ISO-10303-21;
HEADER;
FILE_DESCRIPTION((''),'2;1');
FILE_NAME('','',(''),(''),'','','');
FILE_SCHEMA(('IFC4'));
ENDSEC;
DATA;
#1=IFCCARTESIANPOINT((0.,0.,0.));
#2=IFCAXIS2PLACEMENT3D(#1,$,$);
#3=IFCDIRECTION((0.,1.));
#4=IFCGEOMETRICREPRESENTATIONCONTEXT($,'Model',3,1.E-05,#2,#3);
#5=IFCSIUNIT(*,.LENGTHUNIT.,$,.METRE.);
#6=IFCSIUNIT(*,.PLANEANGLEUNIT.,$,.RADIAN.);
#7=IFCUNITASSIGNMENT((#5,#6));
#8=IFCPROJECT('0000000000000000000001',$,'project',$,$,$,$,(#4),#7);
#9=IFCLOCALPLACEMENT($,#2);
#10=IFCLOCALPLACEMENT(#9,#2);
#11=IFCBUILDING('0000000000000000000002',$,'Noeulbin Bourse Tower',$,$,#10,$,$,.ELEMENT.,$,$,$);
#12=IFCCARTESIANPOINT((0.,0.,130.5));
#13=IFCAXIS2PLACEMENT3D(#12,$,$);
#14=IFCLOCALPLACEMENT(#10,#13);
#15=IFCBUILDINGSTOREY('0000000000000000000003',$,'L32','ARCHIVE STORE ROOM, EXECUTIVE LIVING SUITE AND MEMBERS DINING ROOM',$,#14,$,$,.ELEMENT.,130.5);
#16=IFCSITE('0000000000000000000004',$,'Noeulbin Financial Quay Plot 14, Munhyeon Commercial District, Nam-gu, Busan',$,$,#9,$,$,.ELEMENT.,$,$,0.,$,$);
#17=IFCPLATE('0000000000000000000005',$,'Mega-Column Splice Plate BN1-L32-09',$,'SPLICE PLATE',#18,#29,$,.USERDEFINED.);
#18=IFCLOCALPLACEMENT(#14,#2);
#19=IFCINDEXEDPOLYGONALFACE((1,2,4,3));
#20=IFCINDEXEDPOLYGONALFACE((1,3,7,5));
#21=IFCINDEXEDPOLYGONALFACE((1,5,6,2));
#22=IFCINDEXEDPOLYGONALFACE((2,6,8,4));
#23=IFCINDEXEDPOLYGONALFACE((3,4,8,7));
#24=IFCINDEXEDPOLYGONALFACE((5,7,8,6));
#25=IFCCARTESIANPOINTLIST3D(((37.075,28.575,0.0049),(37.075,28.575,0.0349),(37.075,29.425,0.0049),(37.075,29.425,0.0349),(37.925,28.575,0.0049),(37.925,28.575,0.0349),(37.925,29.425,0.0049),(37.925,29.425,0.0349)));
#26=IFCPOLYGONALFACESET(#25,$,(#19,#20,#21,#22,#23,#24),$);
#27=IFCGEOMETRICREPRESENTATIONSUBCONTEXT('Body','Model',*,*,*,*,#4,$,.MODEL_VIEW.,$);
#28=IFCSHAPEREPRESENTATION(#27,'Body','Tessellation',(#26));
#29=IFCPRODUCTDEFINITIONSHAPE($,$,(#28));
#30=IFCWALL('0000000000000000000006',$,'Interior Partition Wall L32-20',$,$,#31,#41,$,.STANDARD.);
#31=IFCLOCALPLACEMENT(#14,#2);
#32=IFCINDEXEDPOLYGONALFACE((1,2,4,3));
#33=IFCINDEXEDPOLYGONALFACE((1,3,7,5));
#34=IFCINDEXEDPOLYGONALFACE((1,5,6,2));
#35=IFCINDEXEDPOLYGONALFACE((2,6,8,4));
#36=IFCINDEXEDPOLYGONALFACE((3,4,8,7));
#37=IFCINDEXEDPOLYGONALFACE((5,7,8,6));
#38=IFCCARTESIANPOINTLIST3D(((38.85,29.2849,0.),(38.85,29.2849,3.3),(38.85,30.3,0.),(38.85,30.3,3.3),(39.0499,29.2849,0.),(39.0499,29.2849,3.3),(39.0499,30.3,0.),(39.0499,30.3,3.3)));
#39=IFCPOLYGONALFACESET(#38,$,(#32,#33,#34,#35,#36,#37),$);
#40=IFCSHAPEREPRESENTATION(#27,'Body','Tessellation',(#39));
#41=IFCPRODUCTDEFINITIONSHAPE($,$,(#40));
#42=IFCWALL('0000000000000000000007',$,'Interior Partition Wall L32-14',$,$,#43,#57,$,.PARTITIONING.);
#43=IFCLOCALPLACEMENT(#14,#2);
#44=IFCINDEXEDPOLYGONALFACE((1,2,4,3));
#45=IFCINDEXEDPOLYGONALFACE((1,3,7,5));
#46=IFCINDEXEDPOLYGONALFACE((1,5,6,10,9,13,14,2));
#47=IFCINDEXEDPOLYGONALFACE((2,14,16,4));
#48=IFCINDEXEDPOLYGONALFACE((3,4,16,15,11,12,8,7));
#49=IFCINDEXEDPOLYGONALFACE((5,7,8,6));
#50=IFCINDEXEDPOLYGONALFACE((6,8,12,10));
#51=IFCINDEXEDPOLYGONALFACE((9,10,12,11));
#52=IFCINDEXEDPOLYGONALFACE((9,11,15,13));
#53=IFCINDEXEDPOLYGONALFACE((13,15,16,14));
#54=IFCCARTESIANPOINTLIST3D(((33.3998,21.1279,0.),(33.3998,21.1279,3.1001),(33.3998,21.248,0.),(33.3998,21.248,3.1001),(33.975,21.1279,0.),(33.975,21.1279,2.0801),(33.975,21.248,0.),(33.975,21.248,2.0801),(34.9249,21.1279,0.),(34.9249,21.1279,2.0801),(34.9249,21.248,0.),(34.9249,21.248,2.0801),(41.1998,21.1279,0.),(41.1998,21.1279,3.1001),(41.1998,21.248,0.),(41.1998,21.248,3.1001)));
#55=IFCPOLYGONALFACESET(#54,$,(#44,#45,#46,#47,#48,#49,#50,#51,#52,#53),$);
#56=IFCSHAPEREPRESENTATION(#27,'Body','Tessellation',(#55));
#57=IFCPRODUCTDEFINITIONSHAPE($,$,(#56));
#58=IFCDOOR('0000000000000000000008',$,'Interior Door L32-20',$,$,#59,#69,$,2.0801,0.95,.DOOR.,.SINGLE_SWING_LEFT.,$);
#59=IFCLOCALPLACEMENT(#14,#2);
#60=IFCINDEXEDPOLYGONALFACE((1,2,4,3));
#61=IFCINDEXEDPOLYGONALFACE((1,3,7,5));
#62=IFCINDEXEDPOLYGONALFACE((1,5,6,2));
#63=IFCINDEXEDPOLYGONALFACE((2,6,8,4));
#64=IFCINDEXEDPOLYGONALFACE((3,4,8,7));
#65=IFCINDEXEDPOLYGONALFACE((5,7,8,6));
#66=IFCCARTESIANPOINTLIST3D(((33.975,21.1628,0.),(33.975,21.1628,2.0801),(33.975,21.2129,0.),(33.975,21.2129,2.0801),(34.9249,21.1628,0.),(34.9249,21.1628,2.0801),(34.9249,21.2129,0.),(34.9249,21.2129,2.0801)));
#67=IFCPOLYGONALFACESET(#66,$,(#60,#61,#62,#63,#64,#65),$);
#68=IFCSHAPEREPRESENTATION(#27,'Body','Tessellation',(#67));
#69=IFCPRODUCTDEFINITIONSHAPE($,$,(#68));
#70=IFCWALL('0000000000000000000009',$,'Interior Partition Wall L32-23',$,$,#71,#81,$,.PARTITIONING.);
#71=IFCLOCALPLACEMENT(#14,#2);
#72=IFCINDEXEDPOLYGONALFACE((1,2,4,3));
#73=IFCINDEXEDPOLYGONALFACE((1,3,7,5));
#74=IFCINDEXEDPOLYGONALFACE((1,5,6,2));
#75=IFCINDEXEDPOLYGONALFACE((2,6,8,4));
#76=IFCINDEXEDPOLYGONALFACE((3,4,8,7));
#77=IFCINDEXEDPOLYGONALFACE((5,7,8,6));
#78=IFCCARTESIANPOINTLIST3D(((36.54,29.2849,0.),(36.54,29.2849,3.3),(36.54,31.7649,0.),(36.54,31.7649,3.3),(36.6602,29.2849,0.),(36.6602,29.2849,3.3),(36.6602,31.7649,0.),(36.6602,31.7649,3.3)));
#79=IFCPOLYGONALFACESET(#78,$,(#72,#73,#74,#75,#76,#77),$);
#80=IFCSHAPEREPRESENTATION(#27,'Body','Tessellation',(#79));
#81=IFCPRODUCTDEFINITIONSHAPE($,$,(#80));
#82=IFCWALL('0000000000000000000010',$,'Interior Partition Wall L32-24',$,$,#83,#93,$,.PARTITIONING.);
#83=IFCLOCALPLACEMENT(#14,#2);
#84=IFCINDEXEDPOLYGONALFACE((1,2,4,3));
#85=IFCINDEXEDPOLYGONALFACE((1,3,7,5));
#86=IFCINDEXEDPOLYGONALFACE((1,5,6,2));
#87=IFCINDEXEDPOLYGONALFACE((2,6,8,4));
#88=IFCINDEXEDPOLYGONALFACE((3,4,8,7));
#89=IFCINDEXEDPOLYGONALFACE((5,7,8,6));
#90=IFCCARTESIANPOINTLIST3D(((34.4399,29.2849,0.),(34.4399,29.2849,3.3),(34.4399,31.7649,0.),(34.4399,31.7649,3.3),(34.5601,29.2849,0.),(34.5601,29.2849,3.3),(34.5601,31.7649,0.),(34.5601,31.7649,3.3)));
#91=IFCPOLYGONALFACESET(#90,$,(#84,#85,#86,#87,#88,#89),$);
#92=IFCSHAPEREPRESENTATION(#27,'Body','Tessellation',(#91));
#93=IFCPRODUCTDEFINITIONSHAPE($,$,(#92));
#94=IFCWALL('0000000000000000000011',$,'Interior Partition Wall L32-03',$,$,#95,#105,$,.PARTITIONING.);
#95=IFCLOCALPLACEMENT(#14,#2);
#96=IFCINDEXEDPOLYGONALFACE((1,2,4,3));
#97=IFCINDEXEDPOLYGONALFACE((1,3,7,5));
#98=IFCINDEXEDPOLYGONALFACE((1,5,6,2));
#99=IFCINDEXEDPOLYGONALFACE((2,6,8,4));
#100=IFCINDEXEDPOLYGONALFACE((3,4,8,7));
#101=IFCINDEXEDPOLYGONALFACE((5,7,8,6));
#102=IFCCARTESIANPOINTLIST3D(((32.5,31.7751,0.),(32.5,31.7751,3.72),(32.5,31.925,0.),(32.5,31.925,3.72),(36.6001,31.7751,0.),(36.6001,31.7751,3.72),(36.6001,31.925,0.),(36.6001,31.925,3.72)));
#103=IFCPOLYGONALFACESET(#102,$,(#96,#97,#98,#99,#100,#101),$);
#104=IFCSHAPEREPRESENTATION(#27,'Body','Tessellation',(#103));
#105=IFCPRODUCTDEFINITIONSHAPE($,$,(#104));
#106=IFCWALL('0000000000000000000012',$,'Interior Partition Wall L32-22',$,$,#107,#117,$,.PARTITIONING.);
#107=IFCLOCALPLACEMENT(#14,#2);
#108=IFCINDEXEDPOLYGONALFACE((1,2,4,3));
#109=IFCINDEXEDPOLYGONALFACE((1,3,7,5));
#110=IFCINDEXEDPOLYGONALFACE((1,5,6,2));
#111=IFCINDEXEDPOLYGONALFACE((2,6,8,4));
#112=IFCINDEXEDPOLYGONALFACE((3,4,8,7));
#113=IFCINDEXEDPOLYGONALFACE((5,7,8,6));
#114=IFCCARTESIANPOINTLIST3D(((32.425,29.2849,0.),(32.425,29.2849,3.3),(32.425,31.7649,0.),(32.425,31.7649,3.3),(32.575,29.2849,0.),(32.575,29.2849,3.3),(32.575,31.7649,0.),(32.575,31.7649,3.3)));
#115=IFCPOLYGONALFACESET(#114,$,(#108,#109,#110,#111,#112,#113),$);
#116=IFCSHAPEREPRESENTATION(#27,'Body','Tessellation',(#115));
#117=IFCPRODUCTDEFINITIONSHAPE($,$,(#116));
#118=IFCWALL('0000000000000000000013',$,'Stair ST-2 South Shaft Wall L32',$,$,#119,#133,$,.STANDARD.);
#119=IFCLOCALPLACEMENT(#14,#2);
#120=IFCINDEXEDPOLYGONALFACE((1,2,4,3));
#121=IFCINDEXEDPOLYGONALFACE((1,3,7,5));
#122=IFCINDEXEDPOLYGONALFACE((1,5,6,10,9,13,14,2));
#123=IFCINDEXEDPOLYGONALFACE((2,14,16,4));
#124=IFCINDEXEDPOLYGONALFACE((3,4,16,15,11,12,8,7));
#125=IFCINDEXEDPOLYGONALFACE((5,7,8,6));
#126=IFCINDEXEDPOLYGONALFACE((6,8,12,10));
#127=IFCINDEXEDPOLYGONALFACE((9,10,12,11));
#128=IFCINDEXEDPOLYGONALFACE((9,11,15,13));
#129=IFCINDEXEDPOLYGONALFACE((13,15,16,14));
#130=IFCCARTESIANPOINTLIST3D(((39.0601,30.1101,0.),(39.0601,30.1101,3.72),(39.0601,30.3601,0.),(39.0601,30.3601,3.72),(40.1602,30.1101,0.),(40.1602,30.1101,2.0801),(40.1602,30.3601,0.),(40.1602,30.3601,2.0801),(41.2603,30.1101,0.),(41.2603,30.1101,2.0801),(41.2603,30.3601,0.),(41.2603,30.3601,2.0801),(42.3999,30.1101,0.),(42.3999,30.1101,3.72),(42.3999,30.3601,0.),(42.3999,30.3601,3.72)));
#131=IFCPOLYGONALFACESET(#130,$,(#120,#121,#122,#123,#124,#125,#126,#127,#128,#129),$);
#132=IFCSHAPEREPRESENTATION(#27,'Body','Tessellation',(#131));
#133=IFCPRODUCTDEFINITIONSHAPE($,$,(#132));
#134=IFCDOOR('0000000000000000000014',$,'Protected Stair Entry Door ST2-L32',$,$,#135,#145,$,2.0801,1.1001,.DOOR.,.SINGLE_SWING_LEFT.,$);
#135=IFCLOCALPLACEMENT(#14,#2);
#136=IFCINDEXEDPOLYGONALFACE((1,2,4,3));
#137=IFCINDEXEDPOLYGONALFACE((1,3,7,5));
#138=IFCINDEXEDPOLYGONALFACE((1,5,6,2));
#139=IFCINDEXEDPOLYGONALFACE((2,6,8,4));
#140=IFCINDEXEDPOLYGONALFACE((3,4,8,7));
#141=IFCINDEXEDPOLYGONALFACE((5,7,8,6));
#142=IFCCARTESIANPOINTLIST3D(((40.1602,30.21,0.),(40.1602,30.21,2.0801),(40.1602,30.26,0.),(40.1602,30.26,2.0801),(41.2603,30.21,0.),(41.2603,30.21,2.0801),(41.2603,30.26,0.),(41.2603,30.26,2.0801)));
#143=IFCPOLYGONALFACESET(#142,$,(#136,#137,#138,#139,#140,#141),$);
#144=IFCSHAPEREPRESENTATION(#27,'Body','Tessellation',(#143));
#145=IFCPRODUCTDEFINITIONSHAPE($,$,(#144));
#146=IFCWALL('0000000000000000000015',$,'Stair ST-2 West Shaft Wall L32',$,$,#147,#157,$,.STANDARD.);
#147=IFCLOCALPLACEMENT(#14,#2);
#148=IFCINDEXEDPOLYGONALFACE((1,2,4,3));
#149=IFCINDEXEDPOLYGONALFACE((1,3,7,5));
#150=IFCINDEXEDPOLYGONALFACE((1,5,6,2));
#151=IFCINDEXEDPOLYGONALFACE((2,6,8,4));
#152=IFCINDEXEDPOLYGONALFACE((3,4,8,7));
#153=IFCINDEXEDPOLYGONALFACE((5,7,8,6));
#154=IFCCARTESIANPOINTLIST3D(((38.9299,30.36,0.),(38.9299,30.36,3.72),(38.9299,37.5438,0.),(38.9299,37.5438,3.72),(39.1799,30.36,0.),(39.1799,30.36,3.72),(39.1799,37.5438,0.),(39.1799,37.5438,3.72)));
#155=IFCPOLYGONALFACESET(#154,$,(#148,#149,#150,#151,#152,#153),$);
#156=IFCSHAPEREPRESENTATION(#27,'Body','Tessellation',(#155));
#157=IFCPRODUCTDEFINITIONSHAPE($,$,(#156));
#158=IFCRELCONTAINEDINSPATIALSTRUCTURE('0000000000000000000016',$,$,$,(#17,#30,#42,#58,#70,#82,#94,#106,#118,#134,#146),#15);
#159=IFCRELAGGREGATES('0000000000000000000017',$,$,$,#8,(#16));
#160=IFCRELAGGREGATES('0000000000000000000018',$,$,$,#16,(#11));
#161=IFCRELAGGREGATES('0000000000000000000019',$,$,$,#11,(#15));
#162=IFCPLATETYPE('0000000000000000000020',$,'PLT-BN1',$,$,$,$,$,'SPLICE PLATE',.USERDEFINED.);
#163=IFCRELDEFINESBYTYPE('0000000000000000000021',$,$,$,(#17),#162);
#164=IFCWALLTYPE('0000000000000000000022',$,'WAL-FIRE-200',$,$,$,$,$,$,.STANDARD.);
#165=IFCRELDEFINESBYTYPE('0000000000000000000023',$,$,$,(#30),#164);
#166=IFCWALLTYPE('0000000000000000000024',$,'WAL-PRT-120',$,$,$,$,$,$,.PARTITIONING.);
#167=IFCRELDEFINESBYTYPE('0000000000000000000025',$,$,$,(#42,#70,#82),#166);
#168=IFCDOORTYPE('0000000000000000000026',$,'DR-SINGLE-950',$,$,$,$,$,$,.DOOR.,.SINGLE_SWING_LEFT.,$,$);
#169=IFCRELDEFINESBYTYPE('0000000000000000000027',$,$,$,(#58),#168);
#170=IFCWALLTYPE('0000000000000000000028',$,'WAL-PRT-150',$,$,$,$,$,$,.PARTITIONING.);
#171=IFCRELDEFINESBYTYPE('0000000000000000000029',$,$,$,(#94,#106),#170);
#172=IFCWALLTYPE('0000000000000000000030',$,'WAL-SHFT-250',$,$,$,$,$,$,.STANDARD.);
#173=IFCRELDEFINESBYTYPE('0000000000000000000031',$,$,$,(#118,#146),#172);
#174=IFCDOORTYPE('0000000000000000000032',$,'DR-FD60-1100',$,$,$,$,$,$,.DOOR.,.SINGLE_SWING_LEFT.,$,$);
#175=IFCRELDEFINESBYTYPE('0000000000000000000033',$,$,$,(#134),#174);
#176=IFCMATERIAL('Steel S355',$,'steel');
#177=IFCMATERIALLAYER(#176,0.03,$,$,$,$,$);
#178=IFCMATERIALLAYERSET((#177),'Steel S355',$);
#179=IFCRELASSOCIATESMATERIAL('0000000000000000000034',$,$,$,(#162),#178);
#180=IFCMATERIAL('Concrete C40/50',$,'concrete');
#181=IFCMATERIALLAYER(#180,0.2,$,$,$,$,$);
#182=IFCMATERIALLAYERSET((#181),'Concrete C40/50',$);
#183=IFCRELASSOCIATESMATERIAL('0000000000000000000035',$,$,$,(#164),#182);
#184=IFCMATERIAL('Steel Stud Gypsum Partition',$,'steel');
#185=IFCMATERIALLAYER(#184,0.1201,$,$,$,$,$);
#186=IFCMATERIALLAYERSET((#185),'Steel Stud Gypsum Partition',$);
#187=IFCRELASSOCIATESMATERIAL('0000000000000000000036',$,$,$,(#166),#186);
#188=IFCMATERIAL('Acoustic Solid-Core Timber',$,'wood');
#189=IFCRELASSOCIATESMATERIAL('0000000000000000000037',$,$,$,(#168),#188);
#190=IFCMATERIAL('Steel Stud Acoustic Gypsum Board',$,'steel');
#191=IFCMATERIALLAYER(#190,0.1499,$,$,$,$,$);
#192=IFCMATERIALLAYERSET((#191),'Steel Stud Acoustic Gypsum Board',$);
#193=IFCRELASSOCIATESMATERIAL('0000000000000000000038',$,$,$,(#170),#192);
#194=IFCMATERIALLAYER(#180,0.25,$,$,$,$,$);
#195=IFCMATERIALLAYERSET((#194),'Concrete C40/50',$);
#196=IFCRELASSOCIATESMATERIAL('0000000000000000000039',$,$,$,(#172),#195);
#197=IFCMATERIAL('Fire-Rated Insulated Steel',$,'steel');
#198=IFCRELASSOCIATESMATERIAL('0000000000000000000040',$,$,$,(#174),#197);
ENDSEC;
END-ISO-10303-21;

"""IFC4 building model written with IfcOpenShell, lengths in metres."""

from ifc_helpers import new_model, si_unit, direction, frame, frame_2d, origin, origin_2d, place, context, subcontext, project, spatial, rectangle, extrude, material, layer, layer_set, type_object, element, fill, save


model = new_model("IFC4")

# Units and contexts
model_context = context("Model", 3, precision=1e-05, world=origin(), true_north=direction((0.0, 1.0)))
body_context = subcontext(model_context, "Body", "Model", "MODEL_VIEW")
ifc_project = project(units=[si_unit("LENGTHUNIT", "METRE"), si_unit("PLANEANGLEUNIT", "RADIAN")], contexts=[model_context])

# Site, building, storey
site_placement = place(None, origin())
site = spatial("IfcSite", under=ifc_project, at=site_placement, Name="Noeulbin Financial Quay Plot 14, Munhyeon Commercial District, Nam-gu, Busan", CompositionType="ELEMENT", RefElevation=0.0)
building_placement = place(site_placement, origin())
building = spatial("IfcBuilding", under=site, at=building_placement, Name="Noeulbin Bourse Tower", CompositionType="ELEMENT")
storey_placement = place(building_placement, frame((0.0, 0.0, 130.5)))
storey = spatial("IfcBuildingStorey", under=building, at=storey_placement, Name="L32", Description="ARCHIVE STORE ROOM, EXECUTIVE LIVING SUITE AND MEMBERS DINING ROOM", CompositionType="ELEMENT", Elevation=130.5)

# Shared definitions
ifc_material_1 = material(Name="Steel S355", Category="steel")

# Plate
ifc_layer_1 = layer(ifc_material_1, 0.03)
ifc_layer_set_1 = layer_set([ifc_layer_1], Name="Steel S355")
plate_type = type_object("IfcPlateType", Name="PLT-BN1", ElementType="SPLICE PLATE", PredefinedType="USERDEFINED", material=ifc_layer_set_1)
for number, where, z_axis, x_axis, name in (
    (1, (37.5, 29.0, 0.0049), (0.0, 0.0, 1.0), (1.0, 0.0, 0.0), "Mega-Column Splice Plate BN1-L32-09"),
):
    element("IfcPlate", number, at=place(storey_placement, frame(where, z_axis=z_axis, x_axis=x_axis)), inside=storey, type_object=plate_type, Name=name, ObjectType="SPLICE PLATE", PredefinedType="USERDEFINED", context=body_context, shape_type="SweptSolid", body=[
        extrude(rectangle(XDim=0.8501, YDim=0.8501, at=origin_2d()), origin(), (0.0, 0.0, 1.0), 0.03),
    ])

# Wall
ifc_material_2 = material(Name="Concrete C40/50", Category="concrete")
ifc_layer_2 = layer(ifc_material_2, 0.2)
ifc_layer_set_2 = layer_set([ifc_layer_2], Name="Concrete C40/50")
wall_type_1 = type_object("IfcWallType", Name="WAL-FIRE-200", PredefinedType="STANDARD", material=ifc_layer_set_2)
wall_1_placement = place(storey_placement, frame((38.95, 29.2849, 0.0), z_axis=(0.0, 0.0, 1.0), x_axis=(0.0, 1.0, 0.0)))
element("IfcWall", 2, at=wall_1_placement, inside=storey, type_object=wall_type_1, Name="Interior Partition Wall L32-20", PredefinedType="STANDARD", context=body_context, shape_type="SweptSolid", body=[
    extrude(rectangle(XDim=1.0151, YDim=0.2, at=frame_2d((0.5076, 0.0))), origin(), (0.0, 0.0, 1.0), 3.3),
])

# Wall, opening, door
ifc_material_3 = material(Name="Steel Stud Gypsum Partition", Category="steel")
ifc_layer_3 = layer(ifc_material_3, 0.1201)
ifc_layer_set_3 = layer_set([ifc_layer_3], Name="Steel Stud Gypsum Partition")
wall_type_2 = type_object("IfcWallType", Name="WAL-PRT-120", PredefinedType="PARTITIONING", material=ifc_layer_set_3)
wall_2_placement = place(storey_placement, frame((33.3999, 21.188, 0.0), z_axis=(0.0, 0.0, 1.0), x_axis=(1.0, 0.0, 0.0)))
wall_2 = element("IfcWall", 3, at=wall_2_placement, inside=storey, type_object=wall_type_2, Name="Interior Partition Wall L32-14", PredefinedType="PARTITIONING", context=body_context, shape_type="SweptSolid", body=[
    extrude(rectangle(XDim=7.8, YDim=0.1201, at=frame_2d((3.8999, 0.0))), origin(), (0.0, 0.0, 1.0), 3.1001),
])
opening_1_placement = place(wall_2_placement, frame((0.575, 0.0, 0.0)))
opening_1 = element("IfcOpeningElement", 4, at=opening_1_placement, cuts=wall_2, PredefinedType="OPENING", context=body_context, shape_type="SweptSolid", body=[
    extrude(rectangle(XDim=0.95, YDim=2.0801, at=frame_2d((0.4751, 1.04))), frame((0.0, 0.0701, 0.0), z_axis=(0.0, -1.0, 0.0), x_axis=(1.0, 0.0, 0.0)), (0.0, 0.0, 1.0), 0.1401),
])
ifc_material_4 = material(Name="Acoustic Solid-Core Timber", Category="wood")
door_type_1 = type_object("IfcDoorType", Name="DR-SINGLE-950", OperationType="SINGLE_SWING_LEFT", PredefinedType="DOOR", material=ifc_material_4)
door_1_placement = place(opening_1_placement, origin())
door_1 = element("IfcDoor", 5, at=door_1_placement, inside=storey, type_object=door_type_1, Name="Interior Door L32-20", OperationType="SINGLE_SWING_LEFT", OverallHeight=2.0801, OverallWidth=0.95, PredefinedType="DOOR", context=body_context, shape_type="SweptSolid", body=[
    extrude(rectangle(XDim=0.95, YDim=2.0801, at=frame_2d((0.4751, 1.04))), frame((0.0, 0.0249, 0.0), z_axis=(0.0, -1.0, 0.0), x_axis=(1.0, 0.0, 0.0)), (0.0, 0.0, 1.0), 0.05),
])
fill(opening_1, door_1)

# Walls
for number, where, z_axis, x_axis, name in (
    (6, (36.6001, 29.2849, 0.0), (0.0, 0.0, 1.0), (0.0, 1.0, 0.0), "Interior Partition Wall L32-23"),
    (7, (34.5, 29.2849, 0.0), (0.0, 0.0, 1.0), (0.0, 1.0, 0.0), "Interior Partition Wall L32-24"),
):
    element("IfcWall", number, at=place(storey_placement, frame(where, z_axis=z_axis, x_axis=x_axis)), inside=storey, type_object=wall_type_2, Name=name, PredefinedType="PARTITIONING", context=body_context, shape_type="SweptSolid", body=[
        extrude(rectangle(XDim=2.48, YDim=0.1201, at=frame_2d((1.24, 0.0))), origin(), (0.0, 0.0, 1.0), 3.3),
    ])
ifc_material_5 = material(Name="Steel Stud Acoustic Gypsum Board", Category="steel")
ifc_layer_4 = layer(ifc_material_5, 0.1499)
ifc_layer_set_4 = layer_set([ifc_layer_4], Name="Steel Stud Acoustic Gypsum Board")
wall_type_3 = type_object("IfcWallType", Name="WAL-PRT-150", PredefinedType="PARTITIONING", material=ifc_layer_set_4)
wall_3_placement = place(storey_placement, frame((32.5, 31.8501, 0.0), z_axis=(0.0, 0.0, 1.0), x_axis=(1.0, 0.0, 0.0)))
element("IfcWall", 8, at=wall_3_placement, inside=storey, type_object=wall_type_3, Name="Interior Partition Wall L32-03", PredefinedType="PARTITIONING", context=body_context, shape_type="SweptSolid", body=[
    extrude(rectangle(XDim=4.1001, YDim=0.1499, at=frame_2d((2.05, 0.0))), origin(), (0.0, 0.0, 1.0), 3.72),
])
wall_4_placement = place(storey_placement, frame((32.5, 29.2849, 0.0), z_axis=(0.0, 0.0, 1.0), x_axis=(0.0, 1.0, 0.0)))
element("IfcWall", 9, at=wall_4_placement, inside=storey, type_object=wall_type_3, Name="Interior Partition Wall L32-22", PredefinedType="PARTITIONING", context=body_context, shape_type="SweptSolid", body=[
    extrude(rectangle(XDim=2.48, YDim=0.1499, at=frame_2d((1.24, 0.0))), origin(), (0.0, 0.0, 1.0), 3.3),
])

# Wall, opening, door
ifc_layer_5 = layer(ifc_material_2, 0.25)
ifc_layer_set_5 = layer_set([ifc_layer_5], Name="Concrete C40/50")
wall_type_4 = type_object("IfcWallType", Name="WAL-SHFT-250", PredefinedType="STANDARD", material=ifc_layer_set_5)
wall_5_placement = place(storey_placement, frame((39.0601, 30.2351, 0.0), z_axis=(0.0, 0.0, 1.0), x_axis=(1.0, 0.0, 0.0)))
wall_5 = element("IfcWall", 10, at=wall_5_placement, inside=storey, type_object=wall_type_4, Name="Stair ST-2 South Shaft Wall L32", PredefinedType="STANDARD", context=body_context, shape_type="SweptSolid", body=[
    extrude(rectangle(XDim=3.3398, YDim=0.25, at=frame_2d((1.6699, 0.0))), origin(), (0.0, 0.0, 1.0), 3.72),
])
opening_2_placement = place(wall_5_placement, frame((1.1001, 0.0, 0.0)))
opening_2 = element("IfcOpeningElement", 11, at=opening_2_placement, cuts=wall_5, PredefinedType="OPENING", context=body_context, shape_type="SweptSolid", body=[
    extrude(rectangle(XDim=1.1001, YDim=2.0801, at=frame_2d((0.55, 1.04))), frame((0.0, 0.135, 0.0), z_axis=(0.0, -1.0, 0.0), x_axis=(1.0, 0.0, 0.0)), (0.0, 0.0, 1.0), 0.27),
])
ifc_material_6 = material(Name="Fire-Rated Insulated Steel", Category="steel")
door_type_2 = type_object("IfcDoorType", Name="DR-FD60-1100", OperationType="SINGLE_SWING_LEFT", PredefinedType="DOOR", material=ifc_material_6)
door_2_placement = place(opening_2_placement, origin())
door_2 = element("IfcDoor", 12, at=door_2_placement, inside=storey, type_object=door_type_2, Name="Protected Stair Entry Door ST2-L32", OperationType="SINGLE_SWING_LEFT", OverallHeight=2.0801, OverallWidth=1.1001, PredefinedType="DOOR", context=body_context, shape_type="SweptSolid", body=[
    extrude(rectangle(XDim=1.1001, YDim=2.0801, at=frame_2d((0.55, 1.04))), frame((0.0, 0.0249, 0.0), z_axis=(0.0, -1.0, 0.0), x_axis=(1.0, 0.0, 0.0)), (0.0, 0.0, 1.0), 0.05),
])
fill(opening_2, door_2)

# Wall
wall_6_placement = place(storey_placement, frame((39.0549, 30.3601, 0.0), z_axis=(0.0, 0.0, 1.0), x_axis=(0.0, 1.0, 0.0)))
element("IfcWall", 13, at=wall_6_placement, inside=storey, type_object=wall_type_4, Name="Stair ST-2 West Shaft Wall L32", PredefinedType="STANDARD", context=body_context, shape_type="SweptSolid", body=[
    extrude(rectangle(XDim=7.1838, YDim=0.25, at=frame_2d((3.5918, 0.0))), origin(), (0.0, 0.0, 1.0), 3.72),
])

save(model, "model.ifc")
